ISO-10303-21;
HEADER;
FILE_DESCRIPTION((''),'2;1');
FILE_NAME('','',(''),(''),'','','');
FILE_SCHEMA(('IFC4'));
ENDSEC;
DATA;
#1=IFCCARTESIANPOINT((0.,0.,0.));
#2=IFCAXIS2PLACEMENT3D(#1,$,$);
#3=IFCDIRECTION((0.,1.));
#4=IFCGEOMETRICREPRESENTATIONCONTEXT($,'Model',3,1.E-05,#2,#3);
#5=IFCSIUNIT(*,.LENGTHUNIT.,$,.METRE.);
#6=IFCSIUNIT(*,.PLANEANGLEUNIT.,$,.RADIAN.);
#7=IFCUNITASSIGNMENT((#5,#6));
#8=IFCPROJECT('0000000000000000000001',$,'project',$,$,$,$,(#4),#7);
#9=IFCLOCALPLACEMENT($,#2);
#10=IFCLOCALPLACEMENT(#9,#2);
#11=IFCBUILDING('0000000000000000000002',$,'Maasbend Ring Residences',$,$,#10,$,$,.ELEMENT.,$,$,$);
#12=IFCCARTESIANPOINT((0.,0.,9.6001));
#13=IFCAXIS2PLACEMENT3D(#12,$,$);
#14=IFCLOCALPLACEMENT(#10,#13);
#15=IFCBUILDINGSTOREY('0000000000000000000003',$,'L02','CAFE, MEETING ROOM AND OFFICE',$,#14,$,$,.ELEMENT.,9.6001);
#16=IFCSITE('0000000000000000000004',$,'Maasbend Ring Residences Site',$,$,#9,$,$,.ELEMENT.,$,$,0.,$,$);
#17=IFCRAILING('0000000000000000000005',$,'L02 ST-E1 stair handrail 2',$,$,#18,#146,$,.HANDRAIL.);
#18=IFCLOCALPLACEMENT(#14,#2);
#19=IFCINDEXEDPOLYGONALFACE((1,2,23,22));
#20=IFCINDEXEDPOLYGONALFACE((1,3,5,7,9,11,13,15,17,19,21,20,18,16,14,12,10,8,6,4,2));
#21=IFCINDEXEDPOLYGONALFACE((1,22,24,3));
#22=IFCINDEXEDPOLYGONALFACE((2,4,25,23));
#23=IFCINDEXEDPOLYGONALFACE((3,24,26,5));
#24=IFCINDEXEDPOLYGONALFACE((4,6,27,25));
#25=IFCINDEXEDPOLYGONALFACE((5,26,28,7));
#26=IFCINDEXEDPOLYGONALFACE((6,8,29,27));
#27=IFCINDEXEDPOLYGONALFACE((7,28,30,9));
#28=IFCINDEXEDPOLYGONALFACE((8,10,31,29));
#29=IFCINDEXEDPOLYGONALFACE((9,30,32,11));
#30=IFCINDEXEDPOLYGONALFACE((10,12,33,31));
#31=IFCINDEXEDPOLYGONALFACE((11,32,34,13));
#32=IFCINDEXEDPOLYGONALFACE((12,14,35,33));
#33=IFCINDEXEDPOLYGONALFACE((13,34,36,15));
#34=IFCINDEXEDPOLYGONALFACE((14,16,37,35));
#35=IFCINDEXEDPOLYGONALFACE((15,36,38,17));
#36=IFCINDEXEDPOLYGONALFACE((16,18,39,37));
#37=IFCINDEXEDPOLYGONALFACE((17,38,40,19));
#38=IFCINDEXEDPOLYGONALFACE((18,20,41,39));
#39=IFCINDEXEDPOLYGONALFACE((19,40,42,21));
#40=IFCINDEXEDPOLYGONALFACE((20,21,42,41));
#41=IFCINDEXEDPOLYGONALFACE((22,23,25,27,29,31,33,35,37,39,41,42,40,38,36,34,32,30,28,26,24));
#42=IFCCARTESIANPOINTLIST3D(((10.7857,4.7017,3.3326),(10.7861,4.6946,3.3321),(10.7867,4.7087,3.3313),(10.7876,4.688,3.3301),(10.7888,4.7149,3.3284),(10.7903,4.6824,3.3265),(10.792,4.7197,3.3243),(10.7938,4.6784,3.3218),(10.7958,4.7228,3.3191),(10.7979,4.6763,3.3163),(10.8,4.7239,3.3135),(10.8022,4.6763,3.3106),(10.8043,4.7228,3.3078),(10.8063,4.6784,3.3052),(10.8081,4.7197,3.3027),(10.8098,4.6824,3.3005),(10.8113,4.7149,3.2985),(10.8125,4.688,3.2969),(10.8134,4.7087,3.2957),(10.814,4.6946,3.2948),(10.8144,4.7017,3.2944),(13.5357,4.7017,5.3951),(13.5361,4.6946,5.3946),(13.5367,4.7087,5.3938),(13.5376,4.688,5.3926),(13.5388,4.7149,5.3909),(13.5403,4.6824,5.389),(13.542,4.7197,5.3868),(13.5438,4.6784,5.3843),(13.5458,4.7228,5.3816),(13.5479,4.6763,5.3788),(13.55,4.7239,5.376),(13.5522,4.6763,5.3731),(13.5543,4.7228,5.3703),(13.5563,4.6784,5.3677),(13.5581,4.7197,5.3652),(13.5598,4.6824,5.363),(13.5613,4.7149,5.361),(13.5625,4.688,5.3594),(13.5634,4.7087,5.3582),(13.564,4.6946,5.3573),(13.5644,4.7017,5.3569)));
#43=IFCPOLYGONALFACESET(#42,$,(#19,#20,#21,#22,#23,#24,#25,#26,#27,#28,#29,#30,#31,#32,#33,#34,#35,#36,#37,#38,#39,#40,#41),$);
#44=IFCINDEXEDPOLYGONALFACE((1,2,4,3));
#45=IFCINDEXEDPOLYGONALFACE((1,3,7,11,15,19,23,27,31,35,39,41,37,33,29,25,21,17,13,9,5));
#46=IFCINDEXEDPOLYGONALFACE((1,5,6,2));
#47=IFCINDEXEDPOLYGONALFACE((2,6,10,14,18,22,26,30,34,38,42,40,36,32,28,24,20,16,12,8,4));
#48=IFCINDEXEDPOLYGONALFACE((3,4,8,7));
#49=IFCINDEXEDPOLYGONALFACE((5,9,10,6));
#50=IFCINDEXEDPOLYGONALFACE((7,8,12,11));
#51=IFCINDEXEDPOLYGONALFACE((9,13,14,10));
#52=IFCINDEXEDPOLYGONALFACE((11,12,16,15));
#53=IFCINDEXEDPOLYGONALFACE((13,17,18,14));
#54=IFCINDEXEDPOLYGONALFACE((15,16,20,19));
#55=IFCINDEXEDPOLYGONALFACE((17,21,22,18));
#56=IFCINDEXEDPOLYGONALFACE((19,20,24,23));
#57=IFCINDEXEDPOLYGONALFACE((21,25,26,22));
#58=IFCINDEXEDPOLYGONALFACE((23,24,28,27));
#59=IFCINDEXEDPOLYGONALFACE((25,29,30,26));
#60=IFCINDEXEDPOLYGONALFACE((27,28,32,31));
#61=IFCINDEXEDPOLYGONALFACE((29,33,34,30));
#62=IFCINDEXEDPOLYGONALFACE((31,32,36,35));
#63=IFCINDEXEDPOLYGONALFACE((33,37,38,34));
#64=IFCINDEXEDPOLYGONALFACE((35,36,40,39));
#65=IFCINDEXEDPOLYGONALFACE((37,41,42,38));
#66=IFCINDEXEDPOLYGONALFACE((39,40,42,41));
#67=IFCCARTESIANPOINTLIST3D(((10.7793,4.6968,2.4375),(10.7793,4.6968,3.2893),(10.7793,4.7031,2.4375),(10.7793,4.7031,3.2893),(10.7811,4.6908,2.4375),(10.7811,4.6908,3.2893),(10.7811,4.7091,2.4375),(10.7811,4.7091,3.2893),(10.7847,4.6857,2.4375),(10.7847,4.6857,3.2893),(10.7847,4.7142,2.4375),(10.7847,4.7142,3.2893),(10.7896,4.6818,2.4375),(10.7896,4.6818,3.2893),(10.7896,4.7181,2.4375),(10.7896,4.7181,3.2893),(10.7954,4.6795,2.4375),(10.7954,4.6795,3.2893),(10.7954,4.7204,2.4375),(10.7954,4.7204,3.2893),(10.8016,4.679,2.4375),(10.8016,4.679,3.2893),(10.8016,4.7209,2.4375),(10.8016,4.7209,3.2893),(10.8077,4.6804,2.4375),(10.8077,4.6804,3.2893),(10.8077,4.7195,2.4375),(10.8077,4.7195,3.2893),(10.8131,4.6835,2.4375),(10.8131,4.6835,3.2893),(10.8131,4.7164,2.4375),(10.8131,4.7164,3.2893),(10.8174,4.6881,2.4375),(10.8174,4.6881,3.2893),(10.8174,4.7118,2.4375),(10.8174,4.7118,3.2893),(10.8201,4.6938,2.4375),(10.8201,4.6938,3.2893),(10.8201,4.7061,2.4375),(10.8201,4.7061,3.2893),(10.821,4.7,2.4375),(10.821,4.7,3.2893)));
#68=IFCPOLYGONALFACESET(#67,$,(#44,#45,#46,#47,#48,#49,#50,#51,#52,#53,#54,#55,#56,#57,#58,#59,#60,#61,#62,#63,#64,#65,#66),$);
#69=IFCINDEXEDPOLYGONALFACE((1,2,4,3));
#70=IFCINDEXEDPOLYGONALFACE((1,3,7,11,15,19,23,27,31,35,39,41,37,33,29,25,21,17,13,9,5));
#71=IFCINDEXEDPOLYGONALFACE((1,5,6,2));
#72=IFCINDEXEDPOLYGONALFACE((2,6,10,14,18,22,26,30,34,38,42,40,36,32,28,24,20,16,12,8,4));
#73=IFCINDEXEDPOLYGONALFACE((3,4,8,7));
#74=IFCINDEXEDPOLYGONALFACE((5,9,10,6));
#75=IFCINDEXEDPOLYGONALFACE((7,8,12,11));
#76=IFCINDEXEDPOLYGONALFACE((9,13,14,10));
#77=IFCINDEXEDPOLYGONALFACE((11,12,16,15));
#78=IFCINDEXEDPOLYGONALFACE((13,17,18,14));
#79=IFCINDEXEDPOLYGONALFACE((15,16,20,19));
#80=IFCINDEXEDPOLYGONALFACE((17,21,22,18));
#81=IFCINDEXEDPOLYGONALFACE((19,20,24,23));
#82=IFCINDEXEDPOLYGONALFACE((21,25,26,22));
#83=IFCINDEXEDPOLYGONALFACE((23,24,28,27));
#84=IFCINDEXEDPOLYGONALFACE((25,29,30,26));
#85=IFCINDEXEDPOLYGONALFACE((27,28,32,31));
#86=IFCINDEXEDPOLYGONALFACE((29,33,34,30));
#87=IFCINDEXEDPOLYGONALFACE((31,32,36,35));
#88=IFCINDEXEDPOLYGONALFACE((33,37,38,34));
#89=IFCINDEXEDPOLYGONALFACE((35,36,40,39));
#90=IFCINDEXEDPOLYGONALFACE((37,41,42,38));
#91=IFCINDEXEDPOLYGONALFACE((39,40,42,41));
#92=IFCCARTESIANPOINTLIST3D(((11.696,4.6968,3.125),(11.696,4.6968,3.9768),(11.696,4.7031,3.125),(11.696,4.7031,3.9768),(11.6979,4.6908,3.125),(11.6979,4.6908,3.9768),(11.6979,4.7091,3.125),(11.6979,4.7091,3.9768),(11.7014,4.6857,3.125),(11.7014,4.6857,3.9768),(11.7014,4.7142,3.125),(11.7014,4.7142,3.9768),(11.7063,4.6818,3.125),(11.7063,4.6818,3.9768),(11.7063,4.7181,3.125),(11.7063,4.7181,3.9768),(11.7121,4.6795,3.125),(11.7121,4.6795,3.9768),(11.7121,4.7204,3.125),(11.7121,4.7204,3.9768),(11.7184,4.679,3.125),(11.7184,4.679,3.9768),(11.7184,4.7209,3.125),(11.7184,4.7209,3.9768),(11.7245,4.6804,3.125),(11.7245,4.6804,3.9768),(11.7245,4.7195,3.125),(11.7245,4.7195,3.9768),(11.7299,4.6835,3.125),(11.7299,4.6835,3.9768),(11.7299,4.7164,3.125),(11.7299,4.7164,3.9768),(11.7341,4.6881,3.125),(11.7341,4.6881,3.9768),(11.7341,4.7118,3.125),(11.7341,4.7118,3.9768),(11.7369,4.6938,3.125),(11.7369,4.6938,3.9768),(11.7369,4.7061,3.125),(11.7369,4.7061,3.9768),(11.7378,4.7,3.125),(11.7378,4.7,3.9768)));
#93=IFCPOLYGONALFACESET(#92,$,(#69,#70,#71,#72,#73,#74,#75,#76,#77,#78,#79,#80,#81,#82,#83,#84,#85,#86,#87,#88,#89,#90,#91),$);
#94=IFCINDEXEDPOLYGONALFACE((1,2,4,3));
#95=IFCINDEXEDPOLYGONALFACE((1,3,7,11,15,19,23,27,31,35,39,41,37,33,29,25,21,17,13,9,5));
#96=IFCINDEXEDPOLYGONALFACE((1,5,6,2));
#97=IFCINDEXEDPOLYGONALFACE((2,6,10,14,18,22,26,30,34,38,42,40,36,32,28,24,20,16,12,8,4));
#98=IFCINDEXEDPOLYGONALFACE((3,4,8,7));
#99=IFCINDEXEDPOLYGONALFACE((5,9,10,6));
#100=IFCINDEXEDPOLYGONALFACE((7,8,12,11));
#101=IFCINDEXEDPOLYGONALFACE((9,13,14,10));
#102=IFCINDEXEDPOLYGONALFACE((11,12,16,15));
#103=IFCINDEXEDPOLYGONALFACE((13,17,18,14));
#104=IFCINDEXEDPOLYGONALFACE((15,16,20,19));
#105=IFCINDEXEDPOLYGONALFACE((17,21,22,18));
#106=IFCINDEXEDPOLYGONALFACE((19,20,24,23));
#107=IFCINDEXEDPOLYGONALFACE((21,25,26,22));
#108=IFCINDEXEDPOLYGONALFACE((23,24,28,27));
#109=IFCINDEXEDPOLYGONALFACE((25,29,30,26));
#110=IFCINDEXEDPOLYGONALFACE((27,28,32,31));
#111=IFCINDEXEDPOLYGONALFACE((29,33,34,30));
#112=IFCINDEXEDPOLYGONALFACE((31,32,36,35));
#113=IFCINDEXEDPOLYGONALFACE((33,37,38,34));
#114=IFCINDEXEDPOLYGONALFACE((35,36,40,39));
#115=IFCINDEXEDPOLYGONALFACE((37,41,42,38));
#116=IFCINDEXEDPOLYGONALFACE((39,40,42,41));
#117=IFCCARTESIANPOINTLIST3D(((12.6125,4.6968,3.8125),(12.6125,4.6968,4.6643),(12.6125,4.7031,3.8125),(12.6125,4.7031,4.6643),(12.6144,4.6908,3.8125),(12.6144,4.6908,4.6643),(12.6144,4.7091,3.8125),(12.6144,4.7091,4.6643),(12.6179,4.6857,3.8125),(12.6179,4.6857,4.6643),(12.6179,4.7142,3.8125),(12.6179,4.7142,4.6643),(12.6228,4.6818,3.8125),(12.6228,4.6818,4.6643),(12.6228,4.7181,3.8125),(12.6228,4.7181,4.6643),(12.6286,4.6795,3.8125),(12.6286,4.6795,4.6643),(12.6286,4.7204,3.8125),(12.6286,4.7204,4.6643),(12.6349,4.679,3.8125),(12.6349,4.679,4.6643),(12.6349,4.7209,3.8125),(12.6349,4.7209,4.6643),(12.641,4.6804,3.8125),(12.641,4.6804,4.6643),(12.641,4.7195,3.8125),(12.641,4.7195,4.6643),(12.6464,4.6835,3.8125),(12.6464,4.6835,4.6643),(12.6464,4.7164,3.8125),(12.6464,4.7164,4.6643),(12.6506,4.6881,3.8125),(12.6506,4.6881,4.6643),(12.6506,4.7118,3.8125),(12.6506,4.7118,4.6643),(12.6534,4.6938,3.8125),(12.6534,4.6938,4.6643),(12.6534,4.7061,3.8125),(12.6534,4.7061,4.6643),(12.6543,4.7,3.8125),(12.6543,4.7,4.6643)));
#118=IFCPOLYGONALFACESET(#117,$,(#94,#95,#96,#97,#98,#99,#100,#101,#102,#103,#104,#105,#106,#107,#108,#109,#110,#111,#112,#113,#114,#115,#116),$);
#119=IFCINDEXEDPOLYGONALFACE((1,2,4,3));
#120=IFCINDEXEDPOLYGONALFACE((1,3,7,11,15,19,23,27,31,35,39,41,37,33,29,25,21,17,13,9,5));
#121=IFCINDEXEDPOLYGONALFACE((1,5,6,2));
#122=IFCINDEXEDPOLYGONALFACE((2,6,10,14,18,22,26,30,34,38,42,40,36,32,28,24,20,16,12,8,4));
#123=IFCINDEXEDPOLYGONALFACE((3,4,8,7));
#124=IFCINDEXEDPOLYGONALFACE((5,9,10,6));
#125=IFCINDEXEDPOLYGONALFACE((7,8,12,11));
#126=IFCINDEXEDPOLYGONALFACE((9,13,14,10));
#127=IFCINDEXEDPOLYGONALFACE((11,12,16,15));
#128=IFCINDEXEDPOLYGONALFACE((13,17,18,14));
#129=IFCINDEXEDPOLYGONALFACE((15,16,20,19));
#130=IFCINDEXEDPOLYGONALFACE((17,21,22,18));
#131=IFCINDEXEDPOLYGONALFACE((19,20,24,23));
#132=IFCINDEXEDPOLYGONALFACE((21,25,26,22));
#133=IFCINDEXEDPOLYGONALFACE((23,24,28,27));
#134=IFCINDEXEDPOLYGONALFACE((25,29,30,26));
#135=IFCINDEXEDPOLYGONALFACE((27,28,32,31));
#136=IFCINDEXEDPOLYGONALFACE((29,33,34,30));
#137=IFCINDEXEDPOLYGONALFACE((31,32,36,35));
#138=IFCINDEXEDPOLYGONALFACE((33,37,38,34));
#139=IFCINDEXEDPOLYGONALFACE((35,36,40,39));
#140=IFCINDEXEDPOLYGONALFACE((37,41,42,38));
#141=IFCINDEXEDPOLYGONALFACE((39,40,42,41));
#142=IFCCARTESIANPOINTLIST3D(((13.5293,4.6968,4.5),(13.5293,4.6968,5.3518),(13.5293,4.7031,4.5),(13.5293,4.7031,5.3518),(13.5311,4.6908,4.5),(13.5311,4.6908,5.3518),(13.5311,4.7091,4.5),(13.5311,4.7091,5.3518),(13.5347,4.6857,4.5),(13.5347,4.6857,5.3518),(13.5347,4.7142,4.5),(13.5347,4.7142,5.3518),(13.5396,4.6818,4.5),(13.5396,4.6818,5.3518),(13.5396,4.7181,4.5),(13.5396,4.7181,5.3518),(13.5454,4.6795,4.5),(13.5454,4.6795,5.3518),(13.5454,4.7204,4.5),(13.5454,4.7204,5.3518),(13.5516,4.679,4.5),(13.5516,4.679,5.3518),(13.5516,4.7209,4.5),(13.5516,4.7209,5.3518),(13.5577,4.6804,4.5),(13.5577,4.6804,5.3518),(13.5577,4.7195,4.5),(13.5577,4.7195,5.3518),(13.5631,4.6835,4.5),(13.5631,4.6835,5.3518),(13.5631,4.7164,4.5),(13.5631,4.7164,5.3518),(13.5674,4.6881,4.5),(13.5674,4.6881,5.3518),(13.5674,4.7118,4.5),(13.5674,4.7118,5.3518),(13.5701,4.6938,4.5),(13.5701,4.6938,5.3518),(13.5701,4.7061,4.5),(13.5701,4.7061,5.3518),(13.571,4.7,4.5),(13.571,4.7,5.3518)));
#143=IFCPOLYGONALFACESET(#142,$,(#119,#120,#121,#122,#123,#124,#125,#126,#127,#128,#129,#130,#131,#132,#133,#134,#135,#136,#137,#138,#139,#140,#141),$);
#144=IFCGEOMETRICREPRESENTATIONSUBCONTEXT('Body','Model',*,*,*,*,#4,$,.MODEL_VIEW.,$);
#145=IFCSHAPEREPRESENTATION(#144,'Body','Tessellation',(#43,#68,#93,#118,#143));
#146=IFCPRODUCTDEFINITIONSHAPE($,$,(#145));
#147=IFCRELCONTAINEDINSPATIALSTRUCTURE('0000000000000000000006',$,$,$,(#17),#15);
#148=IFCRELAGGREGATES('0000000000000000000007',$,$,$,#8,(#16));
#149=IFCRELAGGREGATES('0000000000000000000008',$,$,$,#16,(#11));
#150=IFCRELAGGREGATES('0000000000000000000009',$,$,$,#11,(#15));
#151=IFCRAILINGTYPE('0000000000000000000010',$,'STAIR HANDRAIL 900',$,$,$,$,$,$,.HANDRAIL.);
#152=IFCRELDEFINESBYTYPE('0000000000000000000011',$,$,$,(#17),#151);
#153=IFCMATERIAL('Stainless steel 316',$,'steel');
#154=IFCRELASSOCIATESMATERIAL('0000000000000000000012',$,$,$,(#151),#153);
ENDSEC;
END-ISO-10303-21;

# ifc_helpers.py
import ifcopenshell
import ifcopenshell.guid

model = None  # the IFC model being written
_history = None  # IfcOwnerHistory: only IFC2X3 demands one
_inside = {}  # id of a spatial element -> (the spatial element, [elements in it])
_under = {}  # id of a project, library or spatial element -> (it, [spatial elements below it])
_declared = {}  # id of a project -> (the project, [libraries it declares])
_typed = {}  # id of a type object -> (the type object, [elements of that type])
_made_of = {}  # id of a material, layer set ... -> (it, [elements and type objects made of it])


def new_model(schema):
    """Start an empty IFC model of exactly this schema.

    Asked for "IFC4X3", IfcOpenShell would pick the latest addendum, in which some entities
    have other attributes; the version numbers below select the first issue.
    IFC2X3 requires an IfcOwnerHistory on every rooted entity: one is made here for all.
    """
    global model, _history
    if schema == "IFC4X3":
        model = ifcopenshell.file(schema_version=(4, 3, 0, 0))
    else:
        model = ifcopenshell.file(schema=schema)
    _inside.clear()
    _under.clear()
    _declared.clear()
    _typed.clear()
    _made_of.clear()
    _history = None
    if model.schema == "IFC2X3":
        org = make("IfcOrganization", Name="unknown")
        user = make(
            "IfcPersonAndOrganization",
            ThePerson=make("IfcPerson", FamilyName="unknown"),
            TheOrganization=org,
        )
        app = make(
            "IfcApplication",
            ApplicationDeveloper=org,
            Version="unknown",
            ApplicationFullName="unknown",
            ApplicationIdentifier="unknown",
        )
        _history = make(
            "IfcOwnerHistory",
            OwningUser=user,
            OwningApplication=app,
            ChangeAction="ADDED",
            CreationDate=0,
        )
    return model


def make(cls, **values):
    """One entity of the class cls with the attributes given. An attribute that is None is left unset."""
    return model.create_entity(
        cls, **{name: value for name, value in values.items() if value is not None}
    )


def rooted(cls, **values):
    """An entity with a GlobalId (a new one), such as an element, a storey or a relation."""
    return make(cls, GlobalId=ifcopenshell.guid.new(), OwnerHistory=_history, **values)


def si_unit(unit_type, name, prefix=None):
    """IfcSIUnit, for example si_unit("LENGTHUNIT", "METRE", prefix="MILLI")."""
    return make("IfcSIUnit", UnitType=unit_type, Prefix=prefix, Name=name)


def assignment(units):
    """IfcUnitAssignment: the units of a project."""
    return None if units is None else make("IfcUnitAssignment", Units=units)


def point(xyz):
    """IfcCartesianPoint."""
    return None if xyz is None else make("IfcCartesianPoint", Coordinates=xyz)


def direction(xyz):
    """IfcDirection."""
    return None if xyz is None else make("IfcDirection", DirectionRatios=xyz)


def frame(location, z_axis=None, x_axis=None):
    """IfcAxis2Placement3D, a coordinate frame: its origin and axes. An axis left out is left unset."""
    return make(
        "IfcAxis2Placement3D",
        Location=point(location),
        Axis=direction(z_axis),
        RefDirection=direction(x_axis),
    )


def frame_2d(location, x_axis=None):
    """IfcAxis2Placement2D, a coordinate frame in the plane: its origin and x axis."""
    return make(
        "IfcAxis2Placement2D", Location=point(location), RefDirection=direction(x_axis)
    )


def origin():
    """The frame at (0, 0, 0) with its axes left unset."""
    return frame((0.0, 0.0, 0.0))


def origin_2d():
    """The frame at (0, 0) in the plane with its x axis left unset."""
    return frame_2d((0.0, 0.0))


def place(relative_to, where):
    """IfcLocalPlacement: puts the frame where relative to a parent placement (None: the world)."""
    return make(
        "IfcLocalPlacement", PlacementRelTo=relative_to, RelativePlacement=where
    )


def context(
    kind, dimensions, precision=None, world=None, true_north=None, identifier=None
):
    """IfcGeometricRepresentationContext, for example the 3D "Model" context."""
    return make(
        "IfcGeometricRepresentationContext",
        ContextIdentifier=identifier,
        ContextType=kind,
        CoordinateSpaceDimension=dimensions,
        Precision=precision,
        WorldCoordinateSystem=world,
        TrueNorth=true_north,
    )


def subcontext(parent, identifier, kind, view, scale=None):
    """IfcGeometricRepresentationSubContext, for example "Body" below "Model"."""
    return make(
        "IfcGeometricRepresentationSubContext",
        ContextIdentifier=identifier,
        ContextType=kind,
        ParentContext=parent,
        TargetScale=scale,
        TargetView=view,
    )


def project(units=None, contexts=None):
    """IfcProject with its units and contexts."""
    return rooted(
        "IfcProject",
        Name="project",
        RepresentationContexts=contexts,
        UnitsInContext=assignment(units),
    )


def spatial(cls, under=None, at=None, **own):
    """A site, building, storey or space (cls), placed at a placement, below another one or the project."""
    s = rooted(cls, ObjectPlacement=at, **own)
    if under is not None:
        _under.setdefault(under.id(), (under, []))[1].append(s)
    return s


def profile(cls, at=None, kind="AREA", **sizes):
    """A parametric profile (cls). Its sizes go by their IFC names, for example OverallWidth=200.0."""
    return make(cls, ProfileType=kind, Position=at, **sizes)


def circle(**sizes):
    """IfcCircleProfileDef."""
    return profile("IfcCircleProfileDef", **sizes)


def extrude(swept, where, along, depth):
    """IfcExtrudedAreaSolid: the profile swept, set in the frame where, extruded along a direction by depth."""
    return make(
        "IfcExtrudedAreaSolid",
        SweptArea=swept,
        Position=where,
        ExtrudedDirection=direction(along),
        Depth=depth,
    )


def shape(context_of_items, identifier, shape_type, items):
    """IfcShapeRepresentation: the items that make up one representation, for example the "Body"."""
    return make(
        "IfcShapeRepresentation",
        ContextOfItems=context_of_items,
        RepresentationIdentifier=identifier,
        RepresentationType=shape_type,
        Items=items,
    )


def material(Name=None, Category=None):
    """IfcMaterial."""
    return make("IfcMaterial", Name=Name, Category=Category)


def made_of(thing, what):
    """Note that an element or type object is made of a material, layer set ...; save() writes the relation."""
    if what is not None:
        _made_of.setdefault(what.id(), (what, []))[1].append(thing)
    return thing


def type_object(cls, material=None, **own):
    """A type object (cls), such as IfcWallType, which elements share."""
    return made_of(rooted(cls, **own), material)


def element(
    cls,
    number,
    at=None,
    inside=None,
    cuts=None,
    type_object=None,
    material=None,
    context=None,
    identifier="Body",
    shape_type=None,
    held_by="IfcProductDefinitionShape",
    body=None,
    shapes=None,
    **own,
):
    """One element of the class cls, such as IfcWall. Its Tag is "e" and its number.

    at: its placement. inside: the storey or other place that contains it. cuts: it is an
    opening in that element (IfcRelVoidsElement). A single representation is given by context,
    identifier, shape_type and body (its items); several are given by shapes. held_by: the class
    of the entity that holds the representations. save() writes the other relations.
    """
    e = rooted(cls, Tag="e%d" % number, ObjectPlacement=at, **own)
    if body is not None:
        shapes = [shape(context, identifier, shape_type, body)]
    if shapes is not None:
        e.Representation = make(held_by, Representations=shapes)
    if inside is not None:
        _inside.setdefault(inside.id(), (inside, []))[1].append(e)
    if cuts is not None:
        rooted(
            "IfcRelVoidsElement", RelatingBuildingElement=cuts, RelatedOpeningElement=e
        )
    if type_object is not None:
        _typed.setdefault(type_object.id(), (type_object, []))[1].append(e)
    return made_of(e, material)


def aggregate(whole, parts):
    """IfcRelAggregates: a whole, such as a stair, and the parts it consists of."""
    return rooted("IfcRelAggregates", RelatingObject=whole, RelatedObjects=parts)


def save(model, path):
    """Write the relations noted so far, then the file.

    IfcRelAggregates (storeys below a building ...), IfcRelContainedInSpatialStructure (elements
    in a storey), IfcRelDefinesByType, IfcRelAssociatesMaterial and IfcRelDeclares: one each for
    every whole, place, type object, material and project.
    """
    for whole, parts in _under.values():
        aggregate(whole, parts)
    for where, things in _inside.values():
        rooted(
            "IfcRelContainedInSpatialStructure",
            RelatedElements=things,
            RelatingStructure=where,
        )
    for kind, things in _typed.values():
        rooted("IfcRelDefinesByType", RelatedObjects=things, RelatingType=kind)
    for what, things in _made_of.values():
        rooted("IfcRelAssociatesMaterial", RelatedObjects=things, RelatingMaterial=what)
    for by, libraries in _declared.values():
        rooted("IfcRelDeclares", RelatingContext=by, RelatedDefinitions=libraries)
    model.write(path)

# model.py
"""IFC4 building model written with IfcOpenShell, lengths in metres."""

from ifc_helpers import new_model, si_unit, direction, frame, origin, origin_2d, place, context, subcontext, project, spatial, circle, extrude, material, type_object, element, save


model = new_model("IFC4")

# Units and contexts
model_context = context("Model", 3, precision=1e-05, world=origin(), true_north=direction((0.0, 1.0)))
body_context = subcontext(model_context, "Body", "Model", "MODEL_VIEW")
ifc_project = project(units=[si_unit("LENGTHUNIT", "METRE"), si_unit("PLANEANGLEUNIT", "RADIAN")], contexts=[model_context])

# Site, building, storey
site_placement = place(None, origin())
site = spatial("IfcSite", under=ifc_project, at=site_placement, Name="Maasbend Ring Residences Site", CompositionType="ELEMENT", RefElevation=0.0)
building_placement = place(site_placement, origin())
building = spatial("IfcBuilding", under=site, at=building_placement, Name="Maasbend Ring Residences", CompositionType="ELEMENT")
storey_placement = place(building_placement, frame((0.0, 0.0, 9.6001)))
storey = spatial("IfcBuildingStorey", under=building, at=storey_placement, Name="L02", Description="CAFE, MEETING ROOM AND OFFICE", CompositionType="ELEMENT", Elevation=9.6001)

# Railing
ifc_material_1 = material(Name="Stainless steel 316", Category="steel")
railing_type_1 = type_object("IfcRailingType", Name="STAIR HANDRAIL 900", PredefinedType="HANDRAIL", material=ifc_material_1)
railing_1_placement = place(storey_placement, frame((10.8, 4.7, 2.4375)))
element("IfcRailing", 1, at=railing_1_placement, inside=storey, type_object=railing_type_1, Name="L02 ST-E1 stair handrail 2", PredefinedType="HANDRAIL", context=body_context, shape_type="SweptSolid", body=[
    extrude(circle(Radius=0.0239, at=origin_2d()), frame((0.0, 0.0, 0.876), z_axis=(0.8, 0.0, 0.6), x_axis=(0.0, 1.0, 0.0)), (0.0, 0.0, 1.0), 3.4375),
    extrude(circle(Radius=0.021, at=origin_2d()), origin(), (0.0, 0.0, 1.0), 0.8518),
    extrude(circle(Radius=0.021, at=origin_2d()), frame((0.9167, 0.0, 0.6875)), (0.0, 0.0, 1.0), 0.8518),
    extrude(circle(Radius=0.021, at=origin_2d()), frame((1.8333, 0.0, 1.375)), (0.0, 0.0, 1.0), 0.8518),
    extrude(circle(Radius=0.021, at=origin_2d()), frame((2.75, 0.0, 2.0625)), (0.0, 0.0, 1.0), 0.8518),
])

save(model, "model.ifc")
